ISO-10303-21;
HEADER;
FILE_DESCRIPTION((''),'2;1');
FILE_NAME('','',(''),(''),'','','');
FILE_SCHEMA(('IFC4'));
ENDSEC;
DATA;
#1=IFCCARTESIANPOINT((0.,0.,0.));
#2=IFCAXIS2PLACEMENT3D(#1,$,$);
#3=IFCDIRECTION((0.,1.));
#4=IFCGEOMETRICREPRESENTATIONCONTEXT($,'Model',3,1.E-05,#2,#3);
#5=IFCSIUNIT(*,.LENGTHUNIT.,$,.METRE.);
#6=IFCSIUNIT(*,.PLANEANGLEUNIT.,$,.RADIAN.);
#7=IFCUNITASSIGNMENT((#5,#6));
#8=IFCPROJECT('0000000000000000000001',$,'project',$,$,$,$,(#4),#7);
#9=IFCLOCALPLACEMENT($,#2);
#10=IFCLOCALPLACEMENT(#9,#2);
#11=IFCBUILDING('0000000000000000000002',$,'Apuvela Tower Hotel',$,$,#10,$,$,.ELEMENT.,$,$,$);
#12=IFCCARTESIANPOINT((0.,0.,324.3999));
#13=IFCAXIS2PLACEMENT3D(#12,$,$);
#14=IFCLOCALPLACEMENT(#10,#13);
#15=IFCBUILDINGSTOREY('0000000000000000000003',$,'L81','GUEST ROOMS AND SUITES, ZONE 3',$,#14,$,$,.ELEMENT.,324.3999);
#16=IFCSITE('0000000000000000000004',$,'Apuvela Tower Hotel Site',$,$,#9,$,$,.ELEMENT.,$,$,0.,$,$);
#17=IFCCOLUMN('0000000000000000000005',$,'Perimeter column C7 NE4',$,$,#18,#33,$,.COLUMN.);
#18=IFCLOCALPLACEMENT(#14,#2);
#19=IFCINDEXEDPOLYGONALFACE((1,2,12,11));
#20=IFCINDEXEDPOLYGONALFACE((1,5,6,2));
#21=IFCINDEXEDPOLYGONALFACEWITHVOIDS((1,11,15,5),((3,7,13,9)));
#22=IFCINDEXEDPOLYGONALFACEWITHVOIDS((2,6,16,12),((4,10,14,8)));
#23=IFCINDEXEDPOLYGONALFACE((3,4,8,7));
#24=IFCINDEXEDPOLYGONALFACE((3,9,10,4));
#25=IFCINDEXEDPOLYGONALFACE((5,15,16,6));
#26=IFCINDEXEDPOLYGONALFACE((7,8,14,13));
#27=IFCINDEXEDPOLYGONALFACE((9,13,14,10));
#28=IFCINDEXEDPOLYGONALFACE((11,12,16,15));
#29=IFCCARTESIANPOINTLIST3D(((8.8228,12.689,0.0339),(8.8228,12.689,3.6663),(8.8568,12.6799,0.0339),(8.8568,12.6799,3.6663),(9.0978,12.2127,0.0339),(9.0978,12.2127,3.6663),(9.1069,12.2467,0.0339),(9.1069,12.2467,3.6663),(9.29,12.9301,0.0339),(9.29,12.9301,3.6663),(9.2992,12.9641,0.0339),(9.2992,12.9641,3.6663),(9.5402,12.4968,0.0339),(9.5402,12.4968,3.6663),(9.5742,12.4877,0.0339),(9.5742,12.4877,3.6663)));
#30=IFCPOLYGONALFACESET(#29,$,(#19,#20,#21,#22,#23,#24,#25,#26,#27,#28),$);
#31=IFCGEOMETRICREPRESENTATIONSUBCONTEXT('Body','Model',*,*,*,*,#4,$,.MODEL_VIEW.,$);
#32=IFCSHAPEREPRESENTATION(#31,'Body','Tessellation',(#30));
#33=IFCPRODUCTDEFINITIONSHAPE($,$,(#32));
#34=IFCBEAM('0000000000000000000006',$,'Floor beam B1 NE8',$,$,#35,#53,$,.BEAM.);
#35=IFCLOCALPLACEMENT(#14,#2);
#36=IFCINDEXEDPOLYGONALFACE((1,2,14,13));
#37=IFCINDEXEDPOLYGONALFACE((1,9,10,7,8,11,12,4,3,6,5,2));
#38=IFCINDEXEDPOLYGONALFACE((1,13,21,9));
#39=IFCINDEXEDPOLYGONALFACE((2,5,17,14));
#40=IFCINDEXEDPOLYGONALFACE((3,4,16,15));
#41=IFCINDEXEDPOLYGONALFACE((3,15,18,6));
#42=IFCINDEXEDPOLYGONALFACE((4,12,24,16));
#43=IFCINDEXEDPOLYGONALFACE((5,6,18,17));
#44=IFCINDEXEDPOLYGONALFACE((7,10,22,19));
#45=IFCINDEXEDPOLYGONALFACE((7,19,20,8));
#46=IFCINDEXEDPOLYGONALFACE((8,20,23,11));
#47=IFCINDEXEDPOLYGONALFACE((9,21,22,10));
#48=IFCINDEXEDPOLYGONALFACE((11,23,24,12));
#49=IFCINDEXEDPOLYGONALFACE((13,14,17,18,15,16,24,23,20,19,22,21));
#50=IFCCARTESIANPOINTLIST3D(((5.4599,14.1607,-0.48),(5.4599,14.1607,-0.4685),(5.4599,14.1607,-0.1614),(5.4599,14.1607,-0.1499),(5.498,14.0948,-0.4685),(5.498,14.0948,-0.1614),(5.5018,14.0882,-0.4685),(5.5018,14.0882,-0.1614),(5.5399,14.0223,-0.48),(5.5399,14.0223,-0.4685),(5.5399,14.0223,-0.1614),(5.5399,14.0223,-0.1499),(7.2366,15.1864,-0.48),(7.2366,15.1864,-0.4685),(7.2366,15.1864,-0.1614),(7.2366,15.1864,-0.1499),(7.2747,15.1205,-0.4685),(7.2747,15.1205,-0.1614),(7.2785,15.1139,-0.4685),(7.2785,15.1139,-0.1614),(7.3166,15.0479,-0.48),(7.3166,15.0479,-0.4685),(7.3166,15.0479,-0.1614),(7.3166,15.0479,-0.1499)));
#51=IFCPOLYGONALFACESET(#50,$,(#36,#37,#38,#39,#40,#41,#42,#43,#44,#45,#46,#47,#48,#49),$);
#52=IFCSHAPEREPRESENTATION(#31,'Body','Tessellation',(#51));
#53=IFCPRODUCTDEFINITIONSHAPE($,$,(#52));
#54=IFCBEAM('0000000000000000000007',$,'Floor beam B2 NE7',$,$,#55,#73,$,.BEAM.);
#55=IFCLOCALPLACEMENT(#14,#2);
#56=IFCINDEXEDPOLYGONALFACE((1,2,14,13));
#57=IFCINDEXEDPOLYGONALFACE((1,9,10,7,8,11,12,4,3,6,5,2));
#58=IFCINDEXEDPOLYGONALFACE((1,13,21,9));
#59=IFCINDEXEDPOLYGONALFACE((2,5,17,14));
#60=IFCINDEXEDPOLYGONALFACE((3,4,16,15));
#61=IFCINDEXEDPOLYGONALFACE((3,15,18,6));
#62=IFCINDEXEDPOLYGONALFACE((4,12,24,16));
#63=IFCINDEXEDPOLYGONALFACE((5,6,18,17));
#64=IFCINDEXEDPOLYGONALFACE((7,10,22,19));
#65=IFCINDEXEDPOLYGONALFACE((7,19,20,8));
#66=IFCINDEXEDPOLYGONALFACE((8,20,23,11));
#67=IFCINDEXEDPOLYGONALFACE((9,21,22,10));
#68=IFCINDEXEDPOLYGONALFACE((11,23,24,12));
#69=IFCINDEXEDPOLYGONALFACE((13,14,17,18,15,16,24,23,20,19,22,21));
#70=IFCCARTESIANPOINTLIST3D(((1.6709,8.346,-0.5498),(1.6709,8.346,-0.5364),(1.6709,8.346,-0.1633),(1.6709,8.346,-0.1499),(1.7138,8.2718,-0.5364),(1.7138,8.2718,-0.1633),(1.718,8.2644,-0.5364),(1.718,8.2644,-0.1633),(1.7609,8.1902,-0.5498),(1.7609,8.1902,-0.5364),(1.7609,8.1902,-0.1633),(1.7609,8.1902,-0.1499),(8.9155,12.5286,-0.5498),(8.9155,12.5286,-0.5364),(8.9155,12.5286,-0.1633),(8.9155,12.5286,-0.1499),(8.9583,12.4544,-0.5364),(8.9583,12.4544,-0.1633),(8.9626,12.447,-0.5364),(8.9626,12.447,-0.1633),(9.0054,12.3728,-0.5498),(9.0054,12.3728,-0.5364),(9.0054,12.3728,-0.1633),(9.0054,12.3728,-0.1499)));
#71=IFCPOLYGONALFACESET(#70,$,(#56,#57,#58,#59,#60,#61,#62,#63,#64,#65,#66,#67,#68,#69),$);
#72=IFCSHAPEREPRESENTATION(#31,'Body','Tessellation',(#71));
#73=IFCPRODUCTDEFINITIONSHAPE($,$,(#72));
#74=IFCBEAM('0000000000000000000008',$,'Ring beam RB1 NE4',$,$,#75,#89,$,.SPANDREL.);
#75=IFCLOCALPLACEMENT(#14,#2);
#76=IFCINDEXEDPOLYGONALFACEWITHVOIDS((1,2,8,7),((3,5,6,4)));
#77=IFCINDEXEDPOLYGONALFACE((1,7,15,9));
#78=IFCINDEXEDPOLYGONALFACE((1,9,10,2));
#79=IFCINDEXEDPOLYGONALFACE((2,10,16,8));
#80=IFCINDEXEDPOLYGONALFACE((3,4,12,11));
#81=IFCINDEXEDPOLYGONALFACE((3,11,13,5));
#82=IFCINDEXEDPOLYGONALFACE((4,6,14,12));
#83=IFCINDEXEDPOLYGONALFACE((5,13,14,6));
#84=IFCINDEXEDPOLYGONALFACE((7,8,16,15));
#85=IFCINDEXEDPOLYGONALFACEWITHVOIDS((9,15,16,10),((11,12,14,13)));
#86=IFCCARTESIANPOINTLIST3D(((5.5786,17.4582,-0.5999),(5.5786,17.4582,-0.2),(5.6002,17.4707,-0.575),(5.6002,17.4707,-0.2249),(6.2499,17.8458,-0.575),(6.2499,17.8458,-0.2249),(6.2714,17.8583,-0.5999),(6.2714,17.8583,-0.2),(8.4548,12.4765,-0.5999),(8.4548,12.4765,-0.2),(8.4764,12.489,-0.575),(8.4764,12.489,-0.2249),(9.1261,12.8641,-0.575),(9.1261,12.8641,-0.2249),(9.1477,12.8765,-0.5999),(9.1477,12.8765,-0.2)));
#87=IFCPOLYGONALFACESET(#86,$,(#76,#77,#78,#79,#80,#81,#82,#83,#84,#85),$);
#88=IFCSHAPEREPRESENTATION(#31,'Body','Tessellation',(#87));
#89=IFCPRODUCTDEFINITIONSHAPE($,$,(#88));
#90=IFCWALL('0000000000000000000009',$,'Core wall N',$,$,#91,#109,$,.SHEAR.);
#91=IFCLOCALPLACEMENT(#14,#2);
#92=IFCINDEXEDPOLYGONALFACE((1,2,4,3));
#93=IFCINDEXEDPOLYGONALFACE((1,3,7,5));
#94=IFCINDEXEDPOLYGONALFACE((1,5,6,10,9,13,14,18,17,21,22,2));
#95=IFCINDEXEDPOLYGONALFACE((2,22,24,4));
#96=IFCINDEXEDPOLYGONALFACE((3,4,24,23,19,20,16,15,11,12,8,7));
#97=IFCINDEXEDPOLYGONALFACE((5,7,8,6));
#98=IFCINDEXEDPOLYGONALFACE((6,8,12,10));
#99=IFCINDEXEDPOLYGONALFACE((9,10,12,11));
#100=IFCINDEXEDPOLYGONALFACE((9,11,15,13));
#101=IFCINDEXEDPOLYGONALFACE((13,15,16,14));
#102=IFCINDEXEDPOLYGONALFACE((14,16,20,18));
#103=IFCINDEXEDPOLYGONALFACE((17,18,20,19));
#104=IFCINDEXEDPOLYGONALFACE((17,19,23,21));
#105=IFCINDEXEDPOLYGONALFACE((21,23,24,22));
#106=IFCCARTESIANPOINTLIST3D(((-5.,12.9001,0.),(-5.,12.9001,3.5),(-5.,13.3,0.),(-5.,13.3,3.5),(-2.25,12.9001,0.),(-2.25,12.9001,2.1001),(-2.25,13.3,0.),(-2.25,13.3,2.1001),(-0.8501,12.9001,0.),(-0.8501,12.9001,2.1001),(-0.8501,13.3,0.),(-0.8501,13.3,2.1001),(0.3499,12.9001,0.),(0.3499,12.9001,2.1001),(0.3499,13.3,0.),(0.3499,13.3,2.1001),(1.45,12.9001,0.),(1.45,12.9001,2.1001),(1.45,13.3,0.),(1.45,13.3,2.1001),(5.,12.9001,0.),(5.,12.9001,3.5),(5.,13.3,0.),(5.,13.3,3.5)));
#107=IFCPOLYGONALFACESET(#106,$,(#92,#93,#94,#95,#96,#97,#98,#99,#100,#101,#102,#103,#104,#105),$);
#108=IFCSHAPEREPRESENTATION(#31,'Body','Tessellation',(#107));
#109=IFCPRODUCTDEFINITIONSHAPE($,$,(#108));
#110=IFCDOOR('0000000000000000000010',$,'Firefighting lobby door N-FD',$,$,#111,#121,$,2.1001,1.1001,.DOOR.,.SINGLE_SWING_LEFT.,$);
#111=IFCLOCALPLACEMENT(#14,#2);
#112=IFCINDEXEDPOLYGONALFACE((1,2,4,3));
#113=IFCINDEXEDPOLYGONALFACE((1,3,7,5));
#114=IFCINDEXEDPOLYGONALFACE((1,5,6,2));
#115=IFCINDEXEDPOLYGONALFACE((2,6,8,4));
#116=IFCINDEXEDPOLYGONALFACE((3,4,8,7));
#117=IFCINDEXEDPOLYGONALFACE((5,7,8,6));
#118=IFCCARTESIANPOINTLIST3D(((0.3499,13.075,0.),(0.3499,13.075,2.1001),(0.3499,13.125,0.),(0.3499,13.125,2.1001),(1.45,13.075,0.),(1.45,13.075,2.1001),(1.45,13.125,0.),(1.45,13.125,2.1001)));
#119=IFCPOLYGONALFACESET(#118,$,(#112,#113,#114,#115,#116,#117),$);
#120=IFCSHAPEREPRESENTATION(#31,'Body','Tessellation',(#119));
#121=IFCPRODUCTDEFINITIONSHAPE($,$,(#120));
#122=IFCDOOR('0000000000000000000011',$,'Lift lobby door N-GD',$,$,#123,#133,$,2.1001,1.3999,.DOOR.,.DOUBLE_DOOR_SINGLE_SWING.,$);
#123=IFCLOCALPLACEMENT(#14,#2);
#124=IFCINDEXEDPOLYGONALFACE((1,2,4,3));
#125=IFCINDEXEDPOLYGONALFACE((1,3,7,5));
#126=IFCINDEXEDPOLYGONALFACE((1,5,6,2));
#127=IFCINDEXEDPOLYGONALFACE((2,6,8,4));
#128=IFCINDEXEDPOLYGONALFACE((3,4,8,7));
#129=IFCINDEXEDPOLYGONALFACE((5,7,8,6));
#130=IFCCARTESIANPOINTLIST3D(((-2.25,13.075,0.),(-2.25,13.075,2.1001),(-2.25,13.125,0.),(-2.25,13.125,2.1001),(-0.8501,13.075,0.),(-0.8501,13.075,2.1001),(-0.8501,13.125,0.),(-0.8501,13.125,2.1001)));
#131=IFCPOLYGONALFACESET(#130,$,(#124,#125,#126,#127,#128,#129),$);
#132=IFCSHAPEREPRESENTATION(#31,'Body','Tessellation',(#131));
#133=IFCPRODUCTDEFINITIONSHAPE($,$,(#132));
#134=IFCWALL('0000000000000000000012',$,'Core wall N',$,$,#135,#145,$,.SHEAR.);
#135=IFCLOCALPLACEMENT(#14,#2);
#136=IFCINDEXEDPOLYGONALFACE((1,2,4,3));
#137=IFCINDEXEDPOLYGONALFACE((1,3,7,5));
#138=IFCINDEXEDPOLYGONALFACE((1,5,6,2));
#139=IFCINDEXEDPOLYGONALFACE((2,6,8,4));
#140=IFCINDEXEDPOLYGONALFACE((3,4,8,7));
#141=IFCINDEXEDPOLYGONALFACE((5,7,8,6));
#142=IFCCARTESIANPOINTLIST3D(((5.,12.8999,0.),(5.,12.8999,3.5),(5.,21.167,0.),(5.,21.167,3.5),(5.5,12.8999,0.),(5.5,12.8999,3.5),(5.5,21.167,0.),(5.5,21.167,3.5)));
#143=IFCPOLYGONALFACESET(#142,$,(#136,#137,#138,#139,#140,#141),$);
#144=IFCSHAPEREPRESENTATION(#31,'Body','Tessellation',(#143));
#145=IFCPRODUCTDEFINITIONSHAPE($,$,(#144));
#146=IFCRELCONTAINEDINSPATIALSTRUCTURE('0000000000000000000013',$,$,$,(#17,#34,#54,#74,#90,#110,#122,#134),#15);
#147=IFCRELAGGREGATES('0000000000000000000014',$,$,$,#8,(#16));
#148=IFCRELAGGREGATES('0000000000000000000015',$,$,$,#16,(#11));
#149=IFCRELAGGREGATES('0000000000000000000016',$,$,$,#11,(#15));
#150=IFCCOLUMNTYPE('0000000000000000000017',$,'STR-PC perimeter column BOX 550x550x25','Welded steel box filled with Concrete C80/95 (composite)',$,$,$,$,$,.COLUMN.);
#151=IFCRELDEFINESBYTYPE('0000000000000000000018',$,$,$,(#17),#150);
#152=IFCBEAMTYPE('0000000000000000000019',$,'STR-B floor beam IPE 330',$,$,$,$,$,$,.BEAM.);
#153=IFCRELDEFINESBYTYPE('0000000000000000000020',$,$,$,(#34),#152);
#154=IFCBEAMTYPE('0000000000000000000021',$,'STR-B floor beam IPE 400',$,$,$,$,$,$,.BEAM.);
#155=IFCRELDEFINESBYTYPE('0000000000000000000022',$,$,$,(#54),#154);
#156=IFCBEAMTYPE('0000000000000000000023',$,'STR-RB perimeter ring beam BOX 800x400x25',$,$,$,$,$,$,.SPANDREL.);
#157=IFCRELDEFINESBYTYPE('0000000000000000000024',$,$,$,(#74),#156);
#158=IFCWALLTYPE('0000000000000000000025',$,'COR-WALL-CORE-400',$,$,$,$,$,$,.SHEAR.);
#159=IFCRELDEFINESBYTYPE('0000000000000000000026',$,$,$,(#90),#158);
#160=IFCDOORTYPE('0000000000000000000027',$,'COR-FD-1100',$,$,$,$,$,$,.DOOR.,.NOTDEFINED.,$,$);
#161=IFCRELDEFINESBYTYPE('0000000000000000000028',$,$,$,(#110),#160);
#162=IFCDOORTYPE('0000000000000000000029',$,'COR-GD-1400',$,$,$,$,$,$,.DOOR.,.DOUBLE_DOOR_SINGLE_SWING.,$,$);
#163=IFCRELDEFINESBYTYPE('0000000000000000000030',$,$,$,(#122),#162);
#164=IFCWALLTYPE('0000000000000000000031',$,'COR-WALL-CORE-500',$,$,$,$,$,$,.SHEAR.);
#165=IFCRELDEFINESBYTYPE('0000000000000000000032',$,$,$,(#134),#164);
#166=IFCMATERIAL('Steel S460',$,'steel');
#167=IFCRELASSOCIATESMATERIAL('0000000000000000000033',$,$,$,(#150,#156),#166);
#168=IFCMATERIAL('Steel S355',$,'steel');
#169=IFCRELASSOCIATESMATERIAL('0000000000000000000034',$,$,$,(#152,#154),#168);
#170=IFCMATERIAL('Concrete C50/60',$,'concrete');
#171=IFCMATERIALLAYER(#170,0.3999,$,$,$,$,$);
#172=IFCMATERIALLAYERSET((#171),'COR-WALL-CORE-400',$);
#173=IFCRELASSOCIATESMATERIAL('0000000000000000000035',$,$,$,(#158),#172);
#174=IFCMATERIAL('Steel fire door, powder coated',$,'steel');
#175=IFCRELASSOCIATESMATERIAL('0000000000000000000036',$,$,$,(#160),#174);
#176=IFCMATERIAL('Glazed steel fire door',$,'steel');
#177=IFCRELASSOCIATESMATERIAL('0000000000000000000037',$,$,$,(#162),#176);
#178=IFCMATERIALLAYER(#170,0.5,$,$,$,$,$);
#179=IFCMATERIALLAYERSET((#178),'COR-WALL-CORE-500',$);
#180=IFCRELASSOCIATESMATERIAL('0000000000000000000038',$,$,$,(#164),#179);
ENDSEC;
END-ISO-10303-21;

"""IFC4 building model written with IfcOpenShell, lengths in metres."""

from ifc_helpers import new_model, si_unit, direction, frame, frame_2d, origin, origin_2d, place, context, subcontext, project, spatial, rectangle, hollow_rectangle, i_section, extrude, boolean, halfspace, material, layer, layer_set, material_profile, profile_set, type_object, element, fill, save


model = new_model("IFC4")

# Units and contexts
model_context = context("Model", 3, precision=1e-05, world=origin(), true_north=direction((0.0, 1.0)))
body_context = subcontext(model_context, "Body", "Model", "MODEL_VIEW")
ifc_project = project(units=[si_unit("LENGTHUNIT", "METRE"), si_unit("PLANEANGLEUNIT", "RADIAN")], contexts=[model_context])

# Site, building, storey
site_placement = place(None, origin())
site = spatial("IfcSite", under=ifc_project, at=site_placement, Name="Apuvela Tower Hotel Site", CompositionType="ELEMENT", RefElevation=0.0)
building_placement = place(site_placement, origin())
building = spatial("IfcBuilding", under=site, at=building_placement, Name="Apuvela Tower Hotel", CompositionType="ELEMENT")
storey_placement = place(building_placement, frame((0.0, 0.0, 324.3999)))
storey = spatial("IfcBuildingStorey", under=building, at=storey_placement, Name="L81", Description="GUEST ROOMS AND SUITES, ZONE 3", CompositionType="ELEMENT", Elevation=324.3999)

# Column
ifc_material_1 = material(Name="Steel S460", Category="steel")
ifc_material_profile_1 = material_profile(ifc_material_1, hollow_rectangle(XDim=0.55, YDim=0.55, WallThickness=0.0249, at=origin_2d()), Name="BOX 550x550x25")
ifc_material_2 = material(Name="Concrete C80/95", Category="concrete")
ifc_material_profile_2 = material_profile(ifc_material_2, rectangle(XDim=0.5, YDim=0.5, at=origin_2d()), Name="Concrete C80/95 infill")
ifc_profile_set_1 = profile_set([ifc_material_profile_1, ifc_material_profile_2], Name="Steel S460")
column_type = type_object("IfcColumnType", Name="STR-PC perimeter column BOX 550x550x25", Description="Welded steel box filled with Concrete C80/95 (composite)", PredefinedType="COLUMN", material=ifc_profile_set_1)
column_placement = place(storey_placement, frame((9.1985, 12.5884, 0.0), z_axis=(0.0, 0.0, 1.0), x_axis=(-0.5, 0.866025, 0.0)))
element("IfcColumn", 1, at=column_placement, inside=storey, type_object=column_type, Name="Perimeter column C7 NE4", PredefinedType="COLUMN", context=body_context, shape_type="SweptSolid", body=[
    boolean("DIFFERENCE", boolean("DIFFERENCE", extrude(hollow_rectangle(XDim=0.55, YDim=0.55, WallThickness=0.0249, at=origin_2d()), origin(), (0.0, 0.0, 1.0), 3.7002), halfspace(frame((0.0, 0.0, 0.0339), z_axis=(0.0, 0.0, 1.0), x_axis=(1.0, 0.0, 0.0)), True)), halfspace(frame((0.0, 0.0, 3.6663), z_axis=(0.0, 0.0, 1.0), x_axis=(1.0, 0.0, 0.0)), False)),
])

# Beams
ifc_material_3 = material(Name="Steel S355", Category="steel")
ifc_material_profile_3 = material_profile(ifc_material_3, i_section(OverallWidth=0.1599, OverallDepth=0.3301, WebThickness=0.0076, FlangeThickness=0.0115, at=origin_2d()), Name="IPE 330")
ifc_profile_set_2 = profile_set([ifc_material_profile_3], Name="Steel S355")
beam_type_1 = type_object("IfcBeamType", Name="STR-B floor beam IPE 330", PredefinedType="BEAM", material=ifc_profile_set_2)
beam_1_placement = place(storey_placement, frame((7.2766, 15.1172, -0.3149), z_axis=(-0.866045, -0.499966, 0.0), x_axis=(0.499966, -0.866045, 0.0)))
element("IfcBeam", 2, at=beam_1_placement, inside=storey, type_object=beam_type_1, Name="Floor beam B1 NE8", PredefinedType="BEAM", context=body_context, shape_type="SweptSolid", body=[
    extrude(i_section(OverallWidth=0.1599, OverallDepth=0.3301, WebThickness=0.0076, FlangeThickness=0.0115, at=origin_2d()), origin(), (0.0, 0.0, 1.0), 2.0515),
])
ifc_material_profile_4 = material_profile(ifc_material_3, i_section(OverallWidth=0.1799, OverallDepth=0.3999, WebThickness=0.0085, FlangeThickness=0.0134, at=origin_2d()), Name="IPE 400")
ifc_profile_set_3 = profile_set([ifc_material_profile_4], Name="Steel S355")
beam_type_2 = type_object("IfcBeamType", Name="STR-B floor beam IPE 400", PredefinedType="BEAM", material=ifc_profile_set_3)
beam_2_placement = place(storey_placement, frame((8.9604, 12.4507, -0.3499), z_axis=(-0.866029, -0.499994, 0.0), x_axis=(0.499994, -0.866029, 0.0)))
element("IfcBeam", 3, at=beam_2_placement, inside=storey, type_object=beam_type_2, Name="Floor beam B2 NE7", PredefinedType="BEAM", context=body_context, shape_type="SweptSolid", body=[
    extrude(i_section(OverallWidth=0.1799, OverallDepth=0.3999, WebThickness=0.0085, FlangeThickness=0.0134, at=origin_2d()), origin(), (0.0, 0.0, 1.0), 8.3652),
])
ifc_material_profile_5 = material_profile(ifc_material_1, hollow_rectangle(XDim=0.8, YDim=0.3999, WallThickness=0.0249, at=origin_2d()), Name="BOX 800x400x25")
ifc_profile_set_4 = profile_set([ifc_material_profile_5], Name="Steel S460")
beam_type_3 = type_object("IfcBeamType", Name="STR-RB perimeter ring beam BOX 800x400x25", PredefinedType="SPANDREL", material=ifc_profile_set_4)
beam_3_placement = place(storey_placement, frame((8.8013, 12.6765, -0.3999), z_axis=(-0.500005, 0.866022, 0.0), x_axis=(-0.866022, -0.500005, 0.0)))
element("IfcBeam", 4, at=beam_3_placement, inside=storey, type_object=beam_type_3, Name="Ring beam RB1 NE4", PredefinedType="SPANDREL", context=body_context, shape_type="SweptSolid", body=[
    extrude(hollow_rectangle(XDim=0.8, YDim=0.3999, WallThickness=0.0249, at=origin_2d()), origin(), (0.0, 0.0, 1.0), 5.7524),
])

# Wall, openings, doors
ifc_material_4 = material(Name="Concrete C50/60", Category="concrete")
ifc_layer_1 = layer(ifc_material_4, 0.3999)
ifc_layer_set_1 = layer_set([ifc_layer_1], Name="COR-WALL-CORE-400")
wall_type_1 = type_object("IfcWallType", Name="COR-WALL-CORE-400", PredefinedType="SHEAR", material=ifc_layer_set_1)
wall_1_placement = place(storey_placement, frame((5.0, 13.1001, 0.0), z_axis=(0.0, 0.0, 1.0), x_axis=(-1.0, 0.0, 0.0)))
wall_1 = element("IfcWall", 5, at=wall_1_placement, inside=storey, type_object=wall_type_1, Name="Core wall N", PredefinedType="SHEAR", context=body_context, shape_type="SweptSolid", body=[
    extrude(rectangle(XDim=10.0, YDim=0.3999, at=frame_2d((5.0, 0.0))), origin(), (0.0, 0.0, 1.0), 3.5),
])
opening_1_placement = place(wall_1_placement, frame((3.55, 0.0, 0.0)))
opening_1 = element("IfcOpeningElement", 6, at=opening_1_placement, cuts=wall_1, PredefinedType="OPENING", context=body_context, shape_type="SweptSolid", body=[
    extrude(rectangle(XDim=1.1001, YDim=2.1001, at=frame_2d((0.55, 1.05))), frame((0.0, 0.21, 0.0), z_axis=(0.0, -1.0, 0.0), x_axis=(1.0, 0.0, 0.0)), (0.0, 0.0, 1.0), 0.4199),
])
opening_2_placement = place(wall_1_placement, frame((5.8501, 0.0, 0.0)))
opening_2 = element("IfcOpeningElement", 7, at=opening_2_placement, cuts=wall_1, PredefinedType="OPENING", context=body_context, shape_type="SweptSolid", body=[
    extrude(rectangle(XDim=1.3999, YDim=2.1001, at=frame_2d((0.7, 1.05))), frame((0.0, 0.21, 0.0), z_axis=(0.0, -1.0, 0.0), x_axis=(1.0, 0.0, 0.0)), (0.0, 0.0, 1.0), 0.4199),
])
ifc_material_5 = material(Name="Steel fire door, powder coated", Category="steel")
door_type_1 = type_object("IfcDoorType", Name="COR-FD-1100", OperationType="NOTDEFINED", PredefinedType="DOOR", material=ifc_material_5)
door_1_placement = place(opening_1_placement, frame((1.1001, 0.0, 0.0), z_axis=(0.0, 0.0, 1.0), x_axis=(-1.0, 0.0, 0.0)))
door_1 = element("IfcDoor", 8, at=door_1_placement, inside=storey, type_object=door_type_1, Name="Firefighting lobby door N-FD", OperationType="SINGLE_SWING_LEFT", OverallHeight=2.1001, OverallWidth=1.1001, PredefinedType="DOOR", context=body_context, shape_type="SweptSolid", body=[
    extrude(rectangle(XDim=1.1001, YDim=2.1001, at=frame_2d((0.55, 1.05))), frame((0.0, 0.0249, 0.0), z_axis=(0.0, -1.0, 0.0), x_axis=(1.0, 0.0, 0.0)), (0.0, 0.0, 1.0), 0.05),
])
fill(opening_1, door_1)
ifc_material_6 = material(Name="Glazed steel fire door", Category="steel")
door_type_2 = type_object("IfcDoorType", Name="COR-GD-1400", OperationType="DOUBLE_DOOR_SINGLE_SWING", PredefinedType="DOOR", material=ifc_material_6)
door_2_placement = place(opening_2_placement, frame((1.3999, 0.0, 0.0), z_axis=(0.0, 0.0, 1.0), x_axis=(-1.0, 0.0, 0.0)))
door_2 = element("IfcDoor", 9, at=door_2_placement, inside=storey, type_object=door_type_2, Name="Lift lobby door N-GD", OperationType="DOUBLE_DOOR_SINGLE_SWING", OverallHeight=2.1001, OverallWidth=1.3999, PredefinedType="DOOR", context=body_context, shape_type="SweptSolid", body=[
    extrude(rectangle(XDim=1.3999, YDim=2.1001, at=frame_2d((0.7, 1.05))), frame((0.0, 0.0249, 0.0), z_axis=(0.0, -1.0, 0.0), x_axis=(1.0, 0.0, 0.0)), (0.0, 0.0, 1.0), 0.05),
])
fill(opening_2, door_2)

# Wall
ifc_layer_2 = layer(ifc_material_4, 0.5)
ifc_layer_set_2 = layer_set([ifc_layer_2], Name="COR-WALL-CORE-500")
wall_type_2 = type_object("IfcWallType", Name="COR-WALL-CORE-500", PredefinedType="SHEAR", material=ifc_layer_set_2)
wall_2_placement = place(storey_placement, frame((5.25, 12.8999, 0.0), z_axis=(0.0, 0.0, 1.0), x_axis=(0.0, 1.0, 0.0)))
element("IfcWall", 10, at=wall_2_placement, inside=storey, type_object=wall_type_2, Name="Core wall N", PredefinedType="SHEAR", context=body_context, shape_type="SweptSolid", body=[
    extrude(rectangle(XDim=8.2671, YDim=0.5, at=frame_2d((4.1335, 0.0))), origin(), (0.0, 0.0, 1.0), 3.5),
])

save(model, "model.ifc")
